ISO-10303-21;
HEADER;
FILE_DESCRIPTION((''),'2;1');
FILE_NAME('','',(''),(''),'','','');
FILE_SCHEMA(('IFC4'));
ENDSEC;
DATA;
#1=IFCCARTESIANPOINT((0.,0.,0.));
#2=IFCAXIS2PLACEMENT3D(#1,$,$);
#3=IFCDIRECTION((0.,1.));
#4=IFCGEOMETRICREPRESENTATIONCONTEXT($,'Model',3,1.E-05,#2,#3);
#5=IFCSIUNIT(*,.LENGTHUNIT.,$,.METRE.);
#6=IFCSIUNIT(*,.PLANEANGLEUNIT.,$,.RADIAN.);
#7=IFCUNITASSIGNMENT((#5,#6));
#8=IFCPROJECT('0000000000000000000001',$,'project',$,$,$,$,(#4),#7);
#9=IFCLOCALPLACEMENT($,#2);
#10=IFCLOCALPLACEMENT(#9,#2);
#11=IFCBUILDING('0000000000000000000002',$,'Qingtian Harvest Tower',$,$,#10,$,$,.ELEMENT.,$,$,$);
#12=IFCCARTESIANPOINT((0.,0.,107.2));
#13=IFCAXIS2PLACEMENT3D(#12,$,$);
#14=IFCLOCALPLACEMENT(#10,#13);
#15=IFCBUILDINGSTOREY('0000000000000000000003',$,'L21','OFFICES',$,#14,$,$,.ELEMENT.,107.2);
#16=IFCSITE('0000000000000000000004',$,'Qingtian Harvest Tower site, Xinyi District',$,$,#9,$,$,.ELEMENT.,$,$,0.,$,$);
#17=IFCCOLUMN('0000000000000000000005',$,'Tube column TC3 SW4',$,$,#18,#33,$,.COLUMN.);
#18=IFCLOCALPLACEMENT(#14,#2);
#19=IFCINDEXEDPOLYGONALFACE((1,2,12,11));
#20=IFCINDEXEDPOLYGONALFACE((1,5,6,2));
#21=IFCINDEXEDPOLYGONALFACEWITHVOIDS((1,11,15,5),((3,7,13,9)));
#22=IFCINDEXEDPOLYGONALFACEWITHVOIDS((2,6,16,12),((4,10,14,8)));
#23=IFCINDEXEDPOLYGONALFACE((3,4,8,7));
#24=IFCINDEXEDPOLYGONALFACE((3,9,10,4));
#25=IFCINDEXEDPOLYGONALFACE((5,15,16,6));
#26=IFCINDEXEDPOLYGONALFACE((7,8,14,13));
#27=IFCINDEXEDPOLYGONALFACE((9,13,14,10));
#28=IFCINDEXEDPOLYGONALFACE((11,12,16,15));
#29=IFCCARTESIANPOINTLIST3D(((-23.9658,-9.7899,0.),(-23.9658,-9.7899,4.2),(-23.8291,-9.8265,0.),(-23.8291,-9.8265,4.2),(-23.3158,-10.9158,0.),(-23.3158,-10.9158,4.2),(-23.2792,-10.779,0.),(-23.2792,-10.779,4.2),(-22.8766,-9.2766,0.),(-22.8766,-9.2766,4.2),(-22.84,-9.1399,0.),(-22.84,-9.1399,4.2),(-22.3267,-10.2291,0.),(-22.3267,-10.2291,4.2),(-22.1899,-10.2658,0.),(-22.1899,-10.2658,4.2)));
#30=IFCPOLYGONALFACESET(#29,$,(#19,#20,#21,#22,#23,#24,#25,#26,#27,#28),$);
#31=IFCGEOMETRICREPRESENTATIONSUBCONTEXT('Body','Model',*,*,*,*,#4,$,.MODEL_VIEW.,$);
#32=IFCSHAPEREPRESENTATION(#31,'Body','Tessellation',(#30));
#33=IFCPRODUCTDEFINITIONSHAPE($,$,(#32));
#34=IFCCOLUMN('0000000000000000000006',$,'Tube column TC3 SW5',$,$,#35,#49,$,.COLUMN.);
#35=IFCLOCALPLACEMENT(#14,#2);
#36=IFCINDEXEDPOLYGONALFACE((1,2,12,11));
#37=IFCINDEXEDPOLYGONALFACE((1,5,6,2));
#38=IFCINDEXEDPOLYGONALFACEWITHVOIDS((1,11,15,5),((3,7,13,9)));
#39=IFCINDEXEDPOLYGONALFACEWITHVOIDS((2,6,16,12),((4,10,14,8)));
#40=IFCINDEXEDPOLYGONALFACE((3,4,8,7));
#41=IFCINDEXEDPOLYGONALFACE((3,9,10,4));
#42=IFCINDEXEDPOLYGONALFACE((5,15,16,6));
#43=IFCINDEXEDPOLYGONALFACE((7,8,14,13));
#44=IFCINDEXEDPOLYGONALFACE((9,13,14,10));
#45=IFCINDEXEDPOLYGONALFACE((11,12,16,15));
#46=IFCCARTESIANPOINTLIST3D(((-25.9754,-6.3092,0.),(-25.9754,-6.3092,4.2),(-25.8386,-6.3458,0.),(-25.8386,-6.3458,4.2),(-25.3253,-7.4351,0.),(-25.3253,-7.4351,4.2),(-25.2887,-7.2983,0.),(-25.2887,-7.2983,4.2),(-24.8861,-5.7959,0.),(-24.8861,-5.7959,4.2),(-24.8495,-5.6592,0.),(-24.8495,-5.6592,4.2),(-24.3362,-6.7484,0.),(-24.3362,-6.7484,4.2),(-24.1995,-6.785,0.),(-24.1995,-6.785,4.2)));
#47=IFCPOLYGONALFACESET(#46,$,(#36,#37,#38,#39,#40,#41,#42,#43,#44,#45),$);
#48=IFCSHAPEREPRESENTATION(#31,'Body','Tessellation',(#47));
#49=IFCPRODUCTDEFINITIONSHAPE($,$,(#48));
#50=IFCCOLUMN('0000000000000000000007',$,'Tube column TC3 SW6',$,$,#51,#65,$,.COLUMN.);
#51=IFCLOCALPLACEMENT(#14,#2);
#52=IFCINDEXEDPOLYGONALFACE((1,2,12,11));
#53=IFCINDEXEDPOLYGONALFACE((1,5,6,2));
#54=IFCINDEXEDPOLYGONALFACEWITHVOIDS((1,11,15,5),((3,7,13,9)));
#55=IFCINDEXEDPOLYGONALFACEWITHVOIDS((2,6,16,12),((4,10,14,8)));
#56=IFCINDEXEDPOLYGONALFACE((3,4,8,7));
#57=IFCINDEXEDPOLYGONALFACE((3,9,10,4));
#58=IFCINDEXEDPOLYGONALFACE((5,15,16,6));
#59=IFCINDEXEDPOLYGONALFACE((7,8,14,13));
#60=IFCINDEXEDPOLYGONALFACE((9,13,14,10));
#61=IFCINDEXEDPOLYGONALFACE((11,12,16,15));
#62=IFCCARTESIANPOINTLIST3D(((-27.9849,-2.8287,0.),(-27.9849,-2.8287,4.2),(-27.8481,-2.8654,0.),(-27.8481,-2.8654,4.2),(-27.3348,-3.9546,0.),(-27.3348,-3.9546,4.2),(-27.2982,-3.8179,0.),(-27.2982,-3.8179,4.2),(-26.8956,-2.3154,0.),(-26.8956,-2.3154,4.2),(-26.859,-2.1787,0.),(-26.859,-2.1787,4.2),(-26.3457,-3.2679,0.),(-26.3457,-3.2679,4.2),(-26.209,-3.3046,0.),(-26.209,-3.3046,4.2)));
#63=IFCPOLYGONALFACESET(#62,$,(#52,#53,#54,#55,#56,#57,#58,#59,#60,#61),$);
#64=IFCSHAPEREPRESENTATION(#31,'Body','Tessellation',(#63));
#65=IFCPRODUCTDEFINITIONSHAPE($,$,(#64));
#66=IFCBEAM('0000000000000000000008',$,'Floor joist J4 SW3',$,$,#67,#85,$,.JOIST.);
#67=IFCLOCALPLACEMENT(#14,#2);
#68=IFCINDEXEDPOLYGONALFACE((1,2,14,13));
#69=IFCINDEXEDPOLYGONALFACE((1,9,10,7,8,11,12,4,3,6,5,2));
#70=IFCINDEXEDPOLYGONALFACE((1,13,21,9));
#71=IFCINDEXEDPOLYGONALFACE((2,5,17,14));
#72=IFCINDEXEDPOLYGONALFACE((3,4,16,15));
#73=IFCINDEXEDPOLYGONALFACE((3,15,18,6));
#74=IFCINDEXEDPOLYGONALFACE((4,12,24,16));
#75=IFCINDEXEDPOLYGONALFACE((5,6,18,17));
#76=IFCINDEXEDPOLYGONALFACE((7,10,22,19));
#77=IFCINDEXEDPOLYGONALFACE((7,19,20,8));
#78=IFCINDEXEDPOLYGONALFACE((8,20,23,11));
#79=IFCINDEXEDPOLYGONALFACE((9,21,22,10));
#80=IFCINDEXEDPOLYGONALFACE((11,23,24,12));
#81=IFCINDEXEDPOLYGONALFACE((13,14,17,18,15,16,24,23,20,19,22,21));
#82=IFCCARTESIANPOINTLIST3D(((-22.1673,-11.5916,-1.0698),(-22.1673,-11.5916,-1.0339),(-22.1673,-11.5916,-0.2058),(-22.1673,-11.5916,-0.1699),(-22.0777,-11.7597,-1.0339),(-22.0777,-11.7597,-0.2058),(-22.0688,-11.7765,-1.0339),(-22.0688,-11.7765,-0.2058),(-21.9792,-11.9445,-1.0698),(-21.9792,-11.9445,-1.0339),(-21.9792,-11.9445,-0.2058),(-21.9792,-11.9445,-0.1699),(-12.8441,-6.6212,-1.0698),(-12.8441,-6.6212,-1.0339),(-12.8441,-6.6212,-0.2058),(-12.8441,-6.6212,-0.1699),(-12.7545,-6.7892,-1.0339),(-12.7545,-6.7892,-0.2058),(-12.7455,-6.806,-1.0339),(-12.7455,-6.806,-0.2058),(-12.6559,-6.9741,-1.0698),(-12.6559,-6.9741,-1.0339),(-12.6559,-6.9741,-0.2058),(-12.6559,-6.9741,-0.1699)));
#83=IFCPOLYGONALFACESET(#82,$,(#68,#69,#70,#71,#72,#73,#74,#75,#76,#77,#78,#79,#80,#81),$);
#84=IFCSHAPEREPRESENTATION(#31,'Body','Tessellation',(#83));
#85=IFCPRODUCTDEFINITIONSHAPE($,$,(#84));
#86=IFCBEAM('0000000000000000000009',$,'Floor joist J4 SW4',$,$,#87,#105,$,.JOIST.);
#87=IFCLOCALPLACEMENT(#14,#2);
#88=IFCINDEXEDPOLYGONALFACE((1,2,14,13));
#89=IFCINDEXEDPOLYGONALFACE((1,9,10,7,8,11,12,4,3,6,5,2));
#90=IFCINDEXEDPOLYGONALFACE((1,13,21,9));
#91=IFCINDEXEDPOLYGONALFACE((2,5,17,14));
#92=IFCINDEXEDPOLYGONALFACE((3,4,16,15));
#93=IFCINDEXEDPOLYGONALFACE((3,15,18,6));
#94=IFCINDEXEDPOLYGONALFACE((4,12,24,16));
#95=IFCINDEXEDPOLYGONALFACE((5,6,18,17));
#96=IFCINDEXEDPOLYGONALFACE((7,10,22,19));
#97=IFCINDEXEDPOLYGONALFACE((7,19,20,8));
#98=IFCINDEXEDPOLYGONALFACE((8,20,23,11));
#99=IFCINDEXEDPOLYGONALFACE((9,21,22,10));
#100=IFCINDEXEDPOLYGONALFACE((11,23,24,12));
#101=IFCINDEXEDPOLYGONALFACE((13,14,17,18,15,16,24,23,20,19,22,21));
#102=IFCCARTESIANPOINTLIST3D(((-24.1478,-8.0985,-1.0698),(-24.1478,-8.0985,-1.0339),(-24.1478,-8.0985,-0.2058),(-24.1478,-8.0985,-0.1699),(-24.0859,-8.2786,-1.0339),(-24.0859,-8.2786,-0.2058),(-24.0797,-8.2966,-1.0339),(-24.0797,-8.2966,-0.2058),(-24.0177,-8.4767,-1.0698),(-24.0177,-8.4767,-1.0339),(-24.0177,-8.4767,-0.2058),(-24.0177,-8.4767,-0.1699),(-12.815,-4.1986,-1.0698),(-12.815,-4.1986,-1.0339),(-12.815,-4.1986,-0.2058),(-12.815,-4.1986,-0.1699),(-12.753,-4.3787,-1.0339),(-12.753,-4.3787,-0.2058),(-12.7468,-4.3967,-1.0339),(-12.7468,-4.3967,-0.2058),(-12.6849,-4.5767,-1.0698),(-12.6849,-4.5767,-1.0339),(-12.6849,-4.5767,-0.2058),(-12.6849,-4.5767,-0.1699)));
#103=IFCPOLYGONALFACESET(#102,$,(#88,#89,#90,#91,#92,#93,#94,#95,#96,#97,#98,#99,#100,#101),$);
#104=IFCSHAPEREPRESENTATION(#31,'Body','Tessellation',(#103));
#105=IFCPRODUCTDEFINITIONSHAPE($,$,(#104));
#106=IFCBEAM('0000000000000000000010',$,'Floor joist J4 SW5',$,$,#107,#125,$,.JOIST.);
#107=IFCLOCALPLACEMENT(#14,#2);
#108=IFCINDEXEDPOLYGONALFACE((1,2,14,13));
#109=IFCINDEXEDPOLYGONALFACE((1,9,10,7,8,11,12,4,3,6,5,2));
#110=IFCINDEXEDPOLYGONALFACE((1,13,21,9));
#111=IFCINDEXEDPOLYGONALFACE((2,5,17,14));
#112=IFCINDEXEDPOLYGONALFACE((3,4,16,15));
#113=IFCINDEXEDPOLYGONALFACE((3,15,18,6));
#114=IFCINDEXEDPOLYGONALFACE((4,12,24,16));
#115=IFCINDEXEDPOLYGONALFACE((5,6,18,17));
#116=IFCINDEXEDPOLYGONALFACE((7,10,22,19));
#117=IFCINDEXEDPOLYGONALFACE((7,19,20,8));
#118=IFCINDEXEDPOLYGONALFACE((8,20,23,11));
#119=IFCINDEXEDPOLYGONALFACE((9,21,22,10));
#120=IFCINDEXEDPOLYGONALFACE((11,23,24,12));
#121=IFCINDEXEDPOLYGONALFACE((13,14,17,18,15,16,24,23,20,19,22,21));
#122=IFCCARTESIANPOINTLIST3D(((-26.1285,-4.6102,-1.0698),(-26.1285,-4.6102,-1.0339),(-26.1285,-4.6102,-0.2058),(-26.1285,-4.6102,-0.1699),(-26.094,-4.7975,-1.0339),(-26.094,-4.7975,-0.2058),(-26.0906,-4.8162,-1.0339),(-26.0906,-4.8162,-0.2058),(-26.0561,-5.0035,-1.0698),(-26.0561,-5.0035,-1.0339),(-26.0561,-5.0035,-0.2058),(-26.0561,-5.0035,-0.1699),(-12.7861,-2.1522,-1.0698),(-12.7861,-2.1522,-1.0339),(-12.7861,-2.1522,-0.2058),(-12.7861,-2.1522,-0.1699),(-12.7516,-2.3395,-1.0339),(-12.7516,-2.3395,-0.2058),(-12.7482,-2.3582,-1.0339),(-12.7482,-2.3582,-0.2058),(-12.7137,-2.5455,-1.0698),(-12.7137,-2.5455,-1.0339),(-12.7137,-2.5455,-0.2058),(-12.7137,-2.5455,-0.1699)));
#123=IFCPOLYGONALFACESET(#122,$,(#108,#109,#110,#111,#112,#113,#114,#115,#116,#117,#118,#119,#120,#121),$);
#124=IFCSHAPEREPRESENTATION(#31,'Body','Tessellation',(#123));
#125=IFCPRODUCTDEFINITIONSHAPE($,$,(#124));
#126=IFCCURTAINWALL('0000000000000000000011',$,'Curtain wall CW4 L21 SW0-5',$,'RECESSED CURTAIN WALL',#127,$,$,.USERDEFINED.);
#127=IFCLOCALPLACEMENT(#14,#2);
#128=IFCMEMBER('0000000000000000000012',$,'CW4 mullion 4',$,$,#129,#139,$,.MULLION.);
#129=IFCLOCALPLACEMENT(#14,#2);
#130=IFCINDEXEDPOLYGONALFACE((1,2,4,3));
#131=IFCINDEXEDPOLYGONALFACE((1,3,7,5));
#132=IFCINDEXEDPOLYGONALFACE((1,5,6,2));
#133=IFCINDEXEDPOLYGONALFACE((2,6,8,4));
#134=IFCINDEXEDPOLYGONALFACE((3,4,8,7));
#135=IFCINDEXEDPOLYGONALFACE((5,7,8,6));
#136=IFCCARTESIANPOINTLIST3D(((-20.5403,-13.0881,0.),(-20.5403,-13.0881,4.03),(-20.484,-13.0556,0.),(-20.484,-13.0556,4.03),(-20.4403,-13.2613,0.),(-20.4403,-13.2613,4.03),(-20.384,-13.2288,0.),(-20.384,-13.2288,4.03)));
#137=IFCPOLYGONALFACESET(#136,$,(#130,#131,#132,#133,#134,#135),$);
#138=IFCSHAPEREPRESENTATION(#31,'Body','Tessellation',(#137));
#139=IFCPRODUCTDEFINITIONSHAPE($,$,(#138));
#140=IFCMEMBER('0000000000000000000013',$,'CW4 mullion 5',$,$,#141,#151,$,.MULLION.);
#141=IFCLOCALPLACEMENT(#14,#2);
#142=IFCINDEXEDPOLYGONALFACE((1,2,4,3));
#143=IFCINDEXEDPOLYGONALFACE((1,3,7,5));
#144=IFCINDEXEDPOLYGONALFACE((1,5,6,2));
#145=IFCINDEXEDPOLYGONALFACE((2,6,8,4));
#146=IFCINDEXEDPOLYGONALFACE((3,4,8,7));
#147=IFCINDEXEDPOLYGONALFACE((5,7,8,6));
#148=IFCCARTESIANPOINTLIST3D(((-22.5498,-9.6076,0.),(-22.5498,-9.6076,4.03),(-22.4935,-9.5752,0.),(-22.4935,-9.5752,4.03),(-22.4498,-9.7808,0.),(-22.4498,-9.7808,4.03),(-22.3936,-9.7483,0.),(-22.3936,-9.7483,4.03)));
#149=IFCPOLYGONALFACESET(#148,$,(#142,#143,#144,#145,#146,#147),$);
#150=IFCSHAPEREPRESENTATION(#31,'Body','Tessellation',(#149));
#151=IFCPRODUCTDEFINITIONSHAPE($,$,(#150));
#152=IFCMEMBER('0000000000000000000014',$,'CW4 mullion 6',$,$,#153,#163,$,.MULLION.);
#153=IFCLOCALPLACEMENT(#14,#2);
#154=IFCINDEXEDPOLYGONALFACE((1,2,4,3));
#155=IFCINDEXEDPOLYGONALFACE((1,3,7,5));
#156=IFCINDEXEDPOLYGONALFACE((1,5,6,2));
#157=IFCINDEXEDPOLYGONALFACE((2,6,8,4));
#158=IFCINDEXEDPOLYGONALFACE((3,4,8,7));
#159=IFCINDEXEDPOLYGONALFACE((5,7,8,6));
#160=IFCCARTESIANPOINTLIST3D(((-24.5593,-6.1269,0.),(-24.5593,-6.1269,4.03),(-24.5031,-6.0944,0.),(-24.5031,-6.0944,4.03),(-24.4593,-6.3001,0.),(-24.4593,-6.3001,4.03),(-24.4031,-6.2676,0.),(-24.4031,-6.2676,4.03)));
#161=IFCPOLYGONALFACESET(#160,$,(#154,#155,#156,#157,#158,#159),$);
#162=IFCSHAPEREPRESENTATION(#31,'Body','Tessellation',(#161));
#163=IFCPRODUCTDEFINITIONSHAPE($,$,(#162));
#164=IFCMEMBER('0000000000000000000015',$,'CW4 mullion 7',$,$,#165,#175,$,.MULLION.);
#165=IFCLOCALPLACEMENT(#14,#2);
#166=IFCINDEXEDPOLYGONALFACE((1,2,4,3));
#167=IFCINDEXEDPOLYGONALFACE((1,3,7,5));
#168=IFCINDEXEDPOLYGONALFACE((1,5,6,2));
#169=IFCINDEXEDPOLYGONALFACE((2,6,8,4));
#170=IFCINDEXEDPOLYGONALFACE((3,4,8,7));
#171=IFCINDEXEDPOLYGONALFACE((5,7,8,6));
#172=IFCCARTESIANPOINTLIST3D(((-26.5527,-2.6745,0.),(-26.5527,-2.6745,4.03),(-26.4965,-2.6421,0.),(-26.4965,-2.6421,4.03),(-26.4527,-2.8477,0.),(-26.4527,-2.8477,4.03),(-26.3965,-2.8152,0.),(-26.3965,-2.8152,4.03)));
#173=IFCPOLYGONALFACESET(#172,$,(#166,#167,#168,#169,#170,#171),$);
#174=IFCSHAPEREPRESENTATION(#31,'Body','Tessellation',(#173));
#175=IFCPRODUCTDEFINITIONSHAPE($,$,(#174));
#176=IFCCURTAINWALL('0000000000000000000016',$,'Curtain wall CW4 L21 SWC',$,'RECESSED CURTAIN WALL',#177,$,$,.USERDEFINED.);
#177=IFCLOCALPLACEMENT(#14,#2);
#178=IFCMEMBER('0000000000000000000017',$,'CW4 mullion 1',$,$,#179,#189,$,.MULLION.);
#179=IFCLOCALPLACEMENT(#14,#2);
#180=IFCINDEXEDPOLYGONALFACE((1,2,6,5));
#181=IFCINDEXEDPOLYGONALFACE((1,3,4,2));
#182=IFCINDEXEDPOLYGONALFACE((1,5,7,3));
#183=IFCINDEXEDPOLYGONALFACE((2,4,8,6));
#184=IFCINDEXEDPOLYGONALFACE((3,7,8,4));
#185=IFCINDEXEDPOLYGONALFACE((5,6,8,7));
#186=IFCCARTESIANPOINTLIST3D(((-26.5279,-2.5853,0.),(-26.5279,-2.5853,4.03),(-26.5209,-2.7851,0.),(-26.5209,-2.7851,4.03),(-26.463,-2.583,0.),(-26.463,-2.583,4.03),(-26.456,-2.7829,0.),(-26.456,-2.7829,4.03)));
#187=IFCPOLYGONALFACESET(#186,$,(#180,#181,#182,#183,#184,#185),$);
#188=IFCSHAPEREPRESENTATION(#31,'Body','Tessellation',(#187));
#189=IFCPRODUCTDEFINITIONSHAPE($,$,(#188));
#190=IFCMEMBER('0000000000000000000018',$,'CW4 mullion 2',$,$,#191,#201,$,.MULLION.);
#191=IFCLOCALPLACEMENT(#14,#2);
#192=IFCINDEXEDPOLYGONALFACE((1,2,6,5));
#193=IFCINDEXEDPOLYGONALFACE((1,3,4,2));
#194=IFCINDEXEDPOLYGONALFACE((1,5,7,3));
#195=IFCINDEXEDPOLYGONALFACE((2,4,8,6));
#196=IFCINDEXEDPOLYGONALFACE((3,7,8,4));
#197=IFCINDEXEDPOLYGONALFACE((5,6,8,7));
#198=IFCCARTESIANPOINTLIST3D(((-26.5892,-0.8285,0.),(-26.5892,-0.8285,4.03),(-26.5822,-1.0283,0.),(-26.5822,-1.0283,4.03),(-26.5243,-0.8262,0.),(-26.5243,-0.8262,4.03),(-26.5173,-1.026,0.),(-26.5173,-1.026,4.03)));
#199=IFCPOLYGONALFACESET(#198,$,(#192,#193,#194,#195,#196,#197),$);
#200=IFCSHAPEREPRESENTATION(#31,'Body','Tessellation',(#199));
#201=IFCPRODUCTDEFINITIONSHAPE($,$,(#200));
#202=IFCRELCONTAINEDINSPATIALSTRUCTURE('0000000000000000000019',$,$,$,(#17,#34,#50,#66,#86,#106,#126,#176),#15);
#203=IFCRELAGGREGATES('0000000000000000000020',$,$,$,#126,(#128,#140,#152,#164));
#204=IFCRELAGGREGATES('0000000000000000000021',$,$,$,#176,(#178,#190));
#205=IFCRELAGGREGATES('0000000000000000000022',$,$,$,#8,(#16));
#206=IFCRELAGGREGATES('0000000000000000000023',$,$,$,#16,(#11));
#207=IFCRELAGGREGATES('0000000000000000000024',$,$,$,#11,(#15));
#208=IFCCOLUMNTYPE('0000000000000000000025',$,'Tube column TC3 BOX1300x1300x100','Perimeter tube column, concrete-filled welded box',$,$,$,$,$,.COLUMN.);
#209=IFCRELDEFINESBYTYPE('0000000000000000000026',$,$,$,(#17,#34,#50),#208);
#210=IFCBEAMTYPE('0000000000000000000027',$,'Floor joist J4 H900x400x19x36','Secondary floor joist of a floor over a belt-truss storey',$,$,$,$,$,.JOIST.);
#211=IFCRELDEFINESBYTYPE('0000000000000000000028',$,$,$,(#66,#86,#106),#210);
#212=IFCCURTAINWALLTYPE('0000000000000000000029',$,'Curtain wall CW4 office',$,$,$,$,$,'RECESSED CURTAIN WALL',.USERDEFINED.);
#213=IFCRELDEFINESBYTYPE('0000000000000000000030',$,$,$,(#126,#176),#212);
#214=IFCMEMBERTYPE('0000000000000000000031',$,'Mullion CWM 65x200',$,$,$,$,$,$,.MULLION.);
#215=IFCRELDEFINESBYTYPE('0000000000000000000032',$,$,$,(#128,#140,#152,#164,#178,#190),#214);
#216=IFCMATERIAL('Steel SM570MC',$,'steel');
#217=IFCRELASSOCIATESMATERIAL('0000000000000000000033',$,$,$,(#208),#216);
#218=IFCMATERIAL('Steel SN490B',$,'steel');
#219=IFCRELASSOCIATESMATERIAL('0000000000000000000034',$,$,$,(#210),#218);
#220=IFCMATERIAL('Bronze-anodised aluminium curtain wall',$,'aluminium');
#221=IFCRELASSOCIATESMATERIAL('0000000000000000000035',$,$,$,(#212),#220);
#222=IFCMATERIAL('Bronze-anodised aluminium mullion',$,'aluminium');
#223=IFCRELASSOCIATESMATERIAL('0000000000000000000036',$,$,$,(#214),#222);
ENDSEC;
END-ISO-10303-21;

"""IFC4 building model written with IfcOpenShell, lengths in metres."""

from ifc_helpers import new_model, si_unit, direction, frame, origin, origin_2d, place, context, subcontext, project, spatial, rectangle, hollow_rectangle, i_section, extrude, material, material_profile, profile_set, type_object, element, aggregate, save


model = new_model("IFC4")

# Units and contexts
model_context = context("Model", 3, precision=1e-05, world=origin(), true_north=direction((0.0, 1.0)))
body_context = subcontext(model_context, "Body", "Model", "MODEL_VIEW")
ifc_project = project(units=[si_unit("LENGTHUNIT", "METRE"), si_unit("PLANEANGLEUNIT", "RADIAN")], contexts=[model_context])

# Site, building, storey
site_placement = place(None, origin())
site = spatial("IfcSite", under=ifc_project, at=site_placement, Name="Qingtian Harvest Tower site, Xinyi District", CompositionType="ELEMENT", RefElevation=0.0)
building_placement = place(site_placement, origin())
building = spatial("IfcBuilding", under=site, at=building_placement, Name="Qingtian Harvest Tower", CompositionType="ELEMENT")
storey_placement = place(building_placement, frame((0.0, 0.0, 107.2)))
storey = spatial("IfcBuildingStorey", under=building, at=storey_placement, Name="L21", Description="OFFICES", CompositionType="ELEMENT", Elevation=107.2)

# Columns
ifc_material_1 = material(Name="Steel SM570MC", Category="steel")
ifc_material_profile_1 = material_profile(ifc_material_1, hollow_rectangle(XDim=1.3, YDim=1.3, WallThickness=0.1001, at=origin_2d()), Name="BOX1300x1300x100")
ifc_profile_set_1 = profile_set([ifc_material_profile_1], Name="Steel SM570MC")
column_type = type_object("IfcColumnType", Name="Tube column TC3 BOX1300x1300x100", Description="Perimeter tube column, concrete-filled welded box", PredefinedType="COLUMN", material=ifc_profile_set_1)
for number, where, z_axis, x_axis, name in (
    (1, (-23.0779, -10.0278, 0.0), (0.0, 0.0, 1.0), (0.5, -0.866025, 0.0), "Tube column TC3 SW4"),
    (2, (-25.0874, -6.5471, 0.0), (0.0, 0.0, 1.0), (0.5, -0.866025, 0.0), "Tube column TC3 SW5"),
    (3, (-27.0969, -3.0667, 0.0), (0.0, 0.0, 1.0), (0.5, -0.866025, 0.0), "Tube column TC3 SW6"),
):
    element("IfcColumn", number, at=place(storey_placement, frame(where, z_axis=z_axis, x_axis=x_axis)), inside=storey, type_object=column_type, Name=name, PredefinedType="COLUMN", context=body_context, shape_type="SweptSolid", body=[
        extrude(hollow_rectangle(XDim=1.3, YDim=1.3, WallThickness=0.1001, at=origin_2d()), origin(), (0.0, 0.0, 1.0), 4.2),
    ])

# Beams
ifc_material_2 = material(Name="Steel SN490B", Category="steel")
ifc_material_profile_2 = material_profile(ifc_material_2, i_section(OverallWidth=0.3999, OverallDepth=0.8999, WebThickness=0.019, FlangeThickness=0.0359, at=origin_2d()), Name="H900x400x19x36")
ifc_profile_set_2 = profile_set([ifc_material_profile_2], Name="Steel SN490B")
beam_type_1 = type_object("IfcBeamType", Name="Floor joist J4 H900x400x19x36", Description="Secondary floor joist of a floor over a belt-truss storey", PredefinedType="JOIST", material=ifc_profile_set_2)
beam_1_placement = place(storey_placement, frame((-22.0732, -11.7681, -0.6199), z_axis=(0.882429, 0.470446, 0.0), x_axis=(-0.470446, 0.882429, 0.0)))
element("IfcBeam", 4, at=beam_1_placement, inside=storey, type_object=beam_type_1, Name="Floor joist J4 SW3", PredefinedType="JOIST", context=body_context, shape_type="SweptSolid", body=[
    extrude(i_section(OverallWidth=0.3999, OverallDepth=0.8999, WebThickness=0.019, FlangeThickness=0.0359, at=origin_2d()), origin(), (0.0, 0.0, 1.0), 10.5654),
])
beam_2_placement = place(storey_placement, frame((-24.0828, -8.2876, -0.6199), z_axis=(0.945577, 0.325398, 0.0), x_axis=(-0.325398, 0.945577, 0.0)))
element("IfcBeam", 5, at=beam_2_placement, inside=storey, type_object=beam_type_1, Name="Floor joist J4 SW4", PredefinedType="JOIST", context=body_context, shape_type="SweptSolid", body=[
    extrude(i_section(OverallWidth=0.3999, OverallDepth=0.8999, WebThickness=0.019, FlangeThickness=0.0359, at=origin_2d()), origin(), (0.0, 0.0, 1.0), 11.9851),
])
beam_3_placement = place(storey_placement, frame((-26.0923, -4.8069, -0.6199), z_axis=(0.98345, 0.181178, 0.0), x_axis=(-0.181178, 0.98345, 0.0)))
element("IfcBeam", 6, at=beam_3_placement, inside=storey, type_object=beam_type_1, Name="Floor joist J4 SW5", PredefinedType="JOIST", context=body_context, shape_type="SweptSolid", body=[
    extrude(i_section(OverallWidth=0.3999, OverallDepth=0.8999, WebThickness=0.019, FlangeThickness=0.0359, at=origin_2d()), origin(), (0.0, 0.0, 1.0), 13.5669),
])

# Curtain walls, members
ifc_material_3 = material(Name="Bronze-anodised aluminium curtain wall", Category="aluminium")
curtain_wall_type = type_object("IfcCurtainWallType", Name="Curtain wall CW4 office", ElementType="RECESSED CURTAIN WALL", PredefinedType="USERDEFINED", material=ifc_material_3)
curtain_wall_1_placement = place(storey_placement, origin())
curtain_wall_1 = element("IfcCurtainWall", 7, at=curtain_wall_1_placement, inside=storey, type_object=curtain_wall_type, Name="Curtain wall CW4 L21 SW0-5", ObjectType="RECESSED CURTAIN WALL", PredefinedType="USERDEFINED")
ifc_material_4 = material(Name="Bronze-anodised aluminium mullion", Category="aluminium")
ifc_material_profile_3 = material_profile(ifc_material_4, rectangle(XDim=0.0649, YDim=0.2, at=origin_2d()), Name="AL 65x200")
ifc_profile_set_3 = profile_set([ifc_material_profile_3], Name="Bronze-anodised aluminium mullion")
member_type_1 = type_object("IfcMemberType", Name="Mullion CWM 65x200", PredefinedType="MULLION", material=ifc_profile_set_3)
member_1_placement = place(storey_placement, frame((-20.4622, -13.1584, 0.0), z_axis=(0.0, 0.0, 1.0), x_axis=(-0.866025, -0.5, 0.0)))
member_1 = element("IfcMember", 8, at=member_1_placement, type_object=member_type_1, Name="CW4 mullion 4", PredefinedType="MULLION", context=body_context, shape_type="SweptSolid", body=[
    extrude(rectangle(XDim=0.0649, YDim=0.2, at=origin_2d()), origin(), (0.0, 0.0, 1.0), 4.03),
])
member_2_placement = place(storey_placement, frame((-22.4717, -9.678, 0.0), z_axis=(0.0, 0.0, 1.0), x_axis=(-0.866025, -0.5, 0.0)))
member_2 = element("IfcMember", 9, at=member_2_placement, type_object=member_type_1, Name="CW4 mullion 5", PredefinedType="MULLION", context=body_context, shape_type="SweptSolid", body=[
    extrude(rectangle(XDim=0.0649, YDim=0.2, at=origin_2d()), origin(), (0.0, 0.0, 1.0), 4.03),
])
member_3_placement = place(storey_placement, frame((-24.4812, -6.1973, 0.0), z_axis=(0.0, 0.0, 1.0), x_axis=(-0.866025, -0.5, 0.0)))
member_3 = element("IfcMember", 10, at=member_3_placement, type_object=member_type_1, Name="CW4 mullion 6", PredefinedType="MULLION", context=body_context, shape_type="SweptSolid", body=[
    extrude(rectangle(XDim=0.0649, YDim=0.2, at=origin_2d()), origin(), (0.0, 0.0, 1.0), 4.03),
])
member_4_placement = place(storey_placement, frame((-26.4746, -2.7449, 0.0), z_axis=(0.0, 0.0, 1.0), x_axis=(-0.866025, -0.5, 0.0)))
member_4 = element("IfcMember", 11, at=member_4_placement, type_object=member_type_1, Name="CW4 mullion 7", PredefinedType="MULLION", context=body_context, shape_type="SweptSolid", body=[
    extrude(rectangle(XDim=0.0649, YDim=0.2, at=origin_2d()), origin(), (0.0, 0.0, 1.0), 4.03),
])
curtain_wall_2_placement = place(storey_placement, origin())
curtain_wall_2 = element("IfcCurtainWall", 12, at=curtain_wall_2_placement, inside=storey, type_object=curtain_wall_type, Name="Curtain wall CW4 L21 SWC", ObjectType="RECESSED CURTAIN WALL", PredefinedType="USERDEFINED")
member_5_placement = place(storey_placement, frame((-26.4919, -2.6841, 0.0), z_axis=(0.0, 0.0, 1.0), x_axis=(-0.999391, -0.034899, 0.0)))
member_5 = element("IfcMember", 13, at=member_5_placement, type_object=member_type_1, Name="CW4 mullion 1", PredefinedType="MULLION", context=body_context, shape_type="SweptSolid", body=[
    extrude(rectangle(XDim=0.0649, YDim=0.2, at=origin_2d()), origin(), (0.0, 0.0, 1.0), 4.03),
])
member_6_placement = place(storey_placement, frame((-26.5532, -0.9272, 0.0), z_axis=(0.0, 0.0, 1.0), x_axis=(-0.999391, -0.034899, 0.0)))
member_6 = element("IfcMember", 14, at=member_6_placement, type_object=member_type_1, Name="CW4 mullion 2", PredefinedType="MULLION", context=body_context, shape_type="SweptSolid", body=[
    extrude(rectangle(XDim=0.0649, YDim=0.2, at=origin_2d()), origin(), (0.0, 0.0, 1.0), 4.03),
])

aggregate(curtain_wall_1, [member_1, member_2, member_3, member_4])
aggregate(curtain_wall_2, [member_5, member_6])

save(model, "model.ifc")
